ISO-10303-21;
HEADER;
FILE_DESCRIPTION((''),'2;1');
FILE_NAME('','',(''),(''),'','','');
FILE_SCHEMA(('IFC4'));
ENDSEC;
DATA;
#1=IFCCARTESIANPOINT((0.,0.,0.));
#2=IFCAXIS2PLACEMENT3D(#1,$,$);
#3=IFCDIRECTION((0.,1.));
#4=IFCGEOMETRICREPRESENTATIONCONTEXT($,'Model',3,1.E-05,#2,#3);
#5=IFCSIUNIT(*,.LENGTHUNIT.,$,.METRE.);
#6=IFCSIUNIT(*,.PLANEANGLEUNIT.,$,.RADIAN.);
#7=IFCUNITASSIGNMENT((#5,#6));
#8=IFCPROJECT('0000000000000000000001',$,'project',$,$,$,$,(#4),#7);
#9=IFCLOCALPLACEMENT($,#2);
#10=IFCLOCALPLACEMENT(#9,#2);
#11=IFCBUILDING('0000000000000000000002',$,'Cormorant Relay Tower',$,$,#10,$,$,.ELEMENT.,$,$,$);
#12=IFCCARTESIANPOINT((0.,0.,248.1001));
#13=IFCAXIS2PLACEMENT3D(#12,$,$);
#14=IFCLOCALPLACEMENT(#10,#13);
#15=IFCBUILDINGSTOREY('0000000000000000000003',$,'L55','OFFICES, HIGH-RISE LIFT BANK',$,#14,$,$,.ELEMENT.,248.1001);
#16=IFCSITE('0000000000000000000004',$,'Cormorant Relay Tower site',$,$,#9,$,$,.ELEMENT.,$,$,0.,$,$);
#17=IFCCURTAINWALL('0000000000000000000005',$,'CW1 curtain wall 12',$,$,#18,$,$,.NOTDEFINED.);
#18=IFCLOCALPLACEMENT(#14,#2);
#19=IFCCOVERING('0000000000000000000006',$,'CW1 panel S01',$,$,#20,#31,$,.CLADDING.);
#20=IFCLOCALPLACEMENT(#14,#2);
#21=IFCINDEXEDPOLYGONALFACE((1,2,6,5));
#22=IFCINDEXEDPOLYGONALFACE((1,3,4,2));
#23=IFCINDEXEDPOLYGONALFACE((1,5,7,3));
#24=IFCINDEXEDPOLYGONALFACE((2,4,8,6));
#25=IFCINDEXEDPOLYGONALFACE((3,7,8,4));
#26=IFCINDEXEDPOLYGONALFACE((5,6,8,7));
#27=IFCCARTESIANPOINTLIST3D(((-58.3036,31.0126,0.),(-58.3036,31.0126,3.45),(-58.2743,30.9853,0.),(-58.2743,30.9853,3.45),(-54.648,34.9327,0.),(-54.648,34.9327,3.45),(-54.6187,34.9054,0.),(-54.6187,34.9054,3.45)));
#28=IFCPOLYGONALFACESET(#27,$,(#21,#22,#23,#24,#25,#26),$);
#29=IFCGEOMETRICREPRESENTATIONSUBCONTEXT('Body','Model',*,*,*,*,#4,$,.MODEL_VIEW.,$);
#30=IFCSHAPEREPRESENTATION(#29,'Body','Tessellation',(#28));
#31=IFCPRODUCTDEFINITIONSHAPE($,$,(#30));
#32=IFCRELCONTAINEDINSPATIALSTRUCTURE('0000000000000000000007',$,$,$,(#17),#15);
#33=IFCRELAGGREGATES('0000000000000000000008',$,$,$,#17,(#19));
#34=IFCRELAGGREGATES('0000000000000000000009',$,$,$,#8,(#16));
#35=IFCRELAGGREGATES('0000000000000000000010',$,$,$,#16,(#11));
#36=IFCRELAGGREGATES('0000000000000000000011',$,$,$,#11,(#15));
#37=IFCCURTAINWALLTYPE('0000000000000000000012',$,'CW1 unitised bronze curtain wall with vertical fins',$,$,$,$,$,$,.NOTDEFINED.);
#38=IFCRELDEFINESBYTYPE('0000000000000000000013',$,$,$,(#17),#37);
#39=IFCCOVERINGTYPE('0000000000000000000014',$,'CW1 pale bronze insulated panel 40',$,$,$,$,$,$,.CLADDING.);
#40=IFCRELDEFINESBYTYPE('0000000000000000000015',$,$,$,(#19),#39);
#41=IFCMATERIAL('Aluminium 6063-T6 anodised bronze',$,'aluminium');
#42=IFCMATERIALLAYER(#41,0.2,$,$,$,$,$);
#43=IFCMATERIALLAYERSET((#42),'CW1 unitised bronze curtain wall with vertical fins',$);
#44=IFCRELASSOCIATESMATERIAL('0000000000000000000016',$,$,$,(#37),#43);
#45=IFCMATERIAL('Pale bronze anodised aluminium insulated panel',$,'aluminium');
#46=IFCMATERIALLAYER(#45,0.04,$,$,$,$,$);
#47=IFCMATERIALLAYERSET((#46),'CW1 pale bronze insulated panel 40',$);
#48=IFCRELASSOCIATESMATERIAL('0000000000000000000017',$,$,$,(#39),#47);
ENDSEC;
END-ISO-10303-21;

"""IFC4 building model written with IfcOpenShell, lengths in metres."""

from ifc_helpers import new_model, si_unit, direction, frame, origin, origin_2d, place, context, subcontext, project, spatial, rectangle, extrude, material, layer, layer_set, type_object, element, aggregate, save


model = new_model("IFC4")

# Units and contexts
model_context = context("Model", 3, precision=1e-05, world=origin(), true_north=direction((0.0, 1.0)))
body_context = subcontext(model_context, "Body", "Model", "MODEL_VIEW")
ifc_project = project(units=[si_unit("LENGTHUNIT", "METRE"), si_unit("PLANEANGLEUNIT", "RADIAN")], contexts=[model_context])

# Site, building, storey
site_placement = place(None, origin())
site = spatial("IfcSite", under=ifc_project, at=site_placement, Name="Cormorant Relay Tower site", CompositionType="ELEMENT", RefElevation=0.0)
building_placement = place(site_placement, origin())
building = spatial("IfcBuilding", under=site, at=building_placement, Name="Cormorant Relay Tower", CompositionType="ELEMENT")
storey_placement = place(building_placement, frame((0.0, 0.0, 248.1001)))
storey = spatial("IfcBuildingStorey", under=building, at=storey_placement, Name="L55", Description="OFFICES, HIGH-RISE LIFT BANK", CompositionType="ELEMENT", Elevation=248.1001)

# Shared definitions
ifc_material_1 = material(Name="Aluminium 6063-T6 anodised bronze", Category="aluminium")
ifc_layer_1 = layer(ifc_material_1, 0.2)
ifc_layer_set_1 = layer_set([ifc_layer_1], Name="CW1 unitised bronze curtain wall with vertical fins")
curtain_wall_type = type_object("IfcCurtainWallType", Name="CW1 unitised bronze curtain wall with vertical fins", PredefinedType="NOTDEFINED", material=ifc_layer_set_1)

# Curtain wall
curtain_wall_1_placement = place(storey_placement, origin())
curtain_wall_1 = element("IfcCurtainWall", 1, at=curtain_wall_1_placement, inside=storey, type_object=curtain_wall_type, Name="CW1 curtain wall 12", PredefinedType="NOTDEFINED")

# Covering
ifc_material_2 = material(Name="Pale bronze anodised aluminium insulated panel", Category="aluminium")
ifc_layer_2 = layer(ifc_material_2, 0.04)
ifc_layer_set_2 = layer_set([ifc_layer_2], Name="CW1 pale bronze insulated panel 40")
covering_type = type_object("IfcCoveringType", Name="CW1 pale bronze insulated panel 40", PredefinedType="CLADDING", material=ifc_layer_set_2)
covering_1_placement = place(storey_placement, frame((-56.4612, 32.959, 0.0), z_axis=(0.0, 0.0, 1.0), x_axis=(-0.681998, -0.731354, 0.0)))
covering_1 = element("IfcCovering", 2, at=covering_1_placement, type_object=covering_type, Name="CW1 panel S01", PredefinedType="CLADDING", context=body_context, shape_type="SweptSolid", body=[
    extrude(rectangle(XDim=5.3601, YDim=0.04, at=origin_2d()), origin(), (0.0, 0.0, 1.0), 3.45),
])
aggregate(curtain_wall_1, [covering_1])

save(model, "model.ifc")
